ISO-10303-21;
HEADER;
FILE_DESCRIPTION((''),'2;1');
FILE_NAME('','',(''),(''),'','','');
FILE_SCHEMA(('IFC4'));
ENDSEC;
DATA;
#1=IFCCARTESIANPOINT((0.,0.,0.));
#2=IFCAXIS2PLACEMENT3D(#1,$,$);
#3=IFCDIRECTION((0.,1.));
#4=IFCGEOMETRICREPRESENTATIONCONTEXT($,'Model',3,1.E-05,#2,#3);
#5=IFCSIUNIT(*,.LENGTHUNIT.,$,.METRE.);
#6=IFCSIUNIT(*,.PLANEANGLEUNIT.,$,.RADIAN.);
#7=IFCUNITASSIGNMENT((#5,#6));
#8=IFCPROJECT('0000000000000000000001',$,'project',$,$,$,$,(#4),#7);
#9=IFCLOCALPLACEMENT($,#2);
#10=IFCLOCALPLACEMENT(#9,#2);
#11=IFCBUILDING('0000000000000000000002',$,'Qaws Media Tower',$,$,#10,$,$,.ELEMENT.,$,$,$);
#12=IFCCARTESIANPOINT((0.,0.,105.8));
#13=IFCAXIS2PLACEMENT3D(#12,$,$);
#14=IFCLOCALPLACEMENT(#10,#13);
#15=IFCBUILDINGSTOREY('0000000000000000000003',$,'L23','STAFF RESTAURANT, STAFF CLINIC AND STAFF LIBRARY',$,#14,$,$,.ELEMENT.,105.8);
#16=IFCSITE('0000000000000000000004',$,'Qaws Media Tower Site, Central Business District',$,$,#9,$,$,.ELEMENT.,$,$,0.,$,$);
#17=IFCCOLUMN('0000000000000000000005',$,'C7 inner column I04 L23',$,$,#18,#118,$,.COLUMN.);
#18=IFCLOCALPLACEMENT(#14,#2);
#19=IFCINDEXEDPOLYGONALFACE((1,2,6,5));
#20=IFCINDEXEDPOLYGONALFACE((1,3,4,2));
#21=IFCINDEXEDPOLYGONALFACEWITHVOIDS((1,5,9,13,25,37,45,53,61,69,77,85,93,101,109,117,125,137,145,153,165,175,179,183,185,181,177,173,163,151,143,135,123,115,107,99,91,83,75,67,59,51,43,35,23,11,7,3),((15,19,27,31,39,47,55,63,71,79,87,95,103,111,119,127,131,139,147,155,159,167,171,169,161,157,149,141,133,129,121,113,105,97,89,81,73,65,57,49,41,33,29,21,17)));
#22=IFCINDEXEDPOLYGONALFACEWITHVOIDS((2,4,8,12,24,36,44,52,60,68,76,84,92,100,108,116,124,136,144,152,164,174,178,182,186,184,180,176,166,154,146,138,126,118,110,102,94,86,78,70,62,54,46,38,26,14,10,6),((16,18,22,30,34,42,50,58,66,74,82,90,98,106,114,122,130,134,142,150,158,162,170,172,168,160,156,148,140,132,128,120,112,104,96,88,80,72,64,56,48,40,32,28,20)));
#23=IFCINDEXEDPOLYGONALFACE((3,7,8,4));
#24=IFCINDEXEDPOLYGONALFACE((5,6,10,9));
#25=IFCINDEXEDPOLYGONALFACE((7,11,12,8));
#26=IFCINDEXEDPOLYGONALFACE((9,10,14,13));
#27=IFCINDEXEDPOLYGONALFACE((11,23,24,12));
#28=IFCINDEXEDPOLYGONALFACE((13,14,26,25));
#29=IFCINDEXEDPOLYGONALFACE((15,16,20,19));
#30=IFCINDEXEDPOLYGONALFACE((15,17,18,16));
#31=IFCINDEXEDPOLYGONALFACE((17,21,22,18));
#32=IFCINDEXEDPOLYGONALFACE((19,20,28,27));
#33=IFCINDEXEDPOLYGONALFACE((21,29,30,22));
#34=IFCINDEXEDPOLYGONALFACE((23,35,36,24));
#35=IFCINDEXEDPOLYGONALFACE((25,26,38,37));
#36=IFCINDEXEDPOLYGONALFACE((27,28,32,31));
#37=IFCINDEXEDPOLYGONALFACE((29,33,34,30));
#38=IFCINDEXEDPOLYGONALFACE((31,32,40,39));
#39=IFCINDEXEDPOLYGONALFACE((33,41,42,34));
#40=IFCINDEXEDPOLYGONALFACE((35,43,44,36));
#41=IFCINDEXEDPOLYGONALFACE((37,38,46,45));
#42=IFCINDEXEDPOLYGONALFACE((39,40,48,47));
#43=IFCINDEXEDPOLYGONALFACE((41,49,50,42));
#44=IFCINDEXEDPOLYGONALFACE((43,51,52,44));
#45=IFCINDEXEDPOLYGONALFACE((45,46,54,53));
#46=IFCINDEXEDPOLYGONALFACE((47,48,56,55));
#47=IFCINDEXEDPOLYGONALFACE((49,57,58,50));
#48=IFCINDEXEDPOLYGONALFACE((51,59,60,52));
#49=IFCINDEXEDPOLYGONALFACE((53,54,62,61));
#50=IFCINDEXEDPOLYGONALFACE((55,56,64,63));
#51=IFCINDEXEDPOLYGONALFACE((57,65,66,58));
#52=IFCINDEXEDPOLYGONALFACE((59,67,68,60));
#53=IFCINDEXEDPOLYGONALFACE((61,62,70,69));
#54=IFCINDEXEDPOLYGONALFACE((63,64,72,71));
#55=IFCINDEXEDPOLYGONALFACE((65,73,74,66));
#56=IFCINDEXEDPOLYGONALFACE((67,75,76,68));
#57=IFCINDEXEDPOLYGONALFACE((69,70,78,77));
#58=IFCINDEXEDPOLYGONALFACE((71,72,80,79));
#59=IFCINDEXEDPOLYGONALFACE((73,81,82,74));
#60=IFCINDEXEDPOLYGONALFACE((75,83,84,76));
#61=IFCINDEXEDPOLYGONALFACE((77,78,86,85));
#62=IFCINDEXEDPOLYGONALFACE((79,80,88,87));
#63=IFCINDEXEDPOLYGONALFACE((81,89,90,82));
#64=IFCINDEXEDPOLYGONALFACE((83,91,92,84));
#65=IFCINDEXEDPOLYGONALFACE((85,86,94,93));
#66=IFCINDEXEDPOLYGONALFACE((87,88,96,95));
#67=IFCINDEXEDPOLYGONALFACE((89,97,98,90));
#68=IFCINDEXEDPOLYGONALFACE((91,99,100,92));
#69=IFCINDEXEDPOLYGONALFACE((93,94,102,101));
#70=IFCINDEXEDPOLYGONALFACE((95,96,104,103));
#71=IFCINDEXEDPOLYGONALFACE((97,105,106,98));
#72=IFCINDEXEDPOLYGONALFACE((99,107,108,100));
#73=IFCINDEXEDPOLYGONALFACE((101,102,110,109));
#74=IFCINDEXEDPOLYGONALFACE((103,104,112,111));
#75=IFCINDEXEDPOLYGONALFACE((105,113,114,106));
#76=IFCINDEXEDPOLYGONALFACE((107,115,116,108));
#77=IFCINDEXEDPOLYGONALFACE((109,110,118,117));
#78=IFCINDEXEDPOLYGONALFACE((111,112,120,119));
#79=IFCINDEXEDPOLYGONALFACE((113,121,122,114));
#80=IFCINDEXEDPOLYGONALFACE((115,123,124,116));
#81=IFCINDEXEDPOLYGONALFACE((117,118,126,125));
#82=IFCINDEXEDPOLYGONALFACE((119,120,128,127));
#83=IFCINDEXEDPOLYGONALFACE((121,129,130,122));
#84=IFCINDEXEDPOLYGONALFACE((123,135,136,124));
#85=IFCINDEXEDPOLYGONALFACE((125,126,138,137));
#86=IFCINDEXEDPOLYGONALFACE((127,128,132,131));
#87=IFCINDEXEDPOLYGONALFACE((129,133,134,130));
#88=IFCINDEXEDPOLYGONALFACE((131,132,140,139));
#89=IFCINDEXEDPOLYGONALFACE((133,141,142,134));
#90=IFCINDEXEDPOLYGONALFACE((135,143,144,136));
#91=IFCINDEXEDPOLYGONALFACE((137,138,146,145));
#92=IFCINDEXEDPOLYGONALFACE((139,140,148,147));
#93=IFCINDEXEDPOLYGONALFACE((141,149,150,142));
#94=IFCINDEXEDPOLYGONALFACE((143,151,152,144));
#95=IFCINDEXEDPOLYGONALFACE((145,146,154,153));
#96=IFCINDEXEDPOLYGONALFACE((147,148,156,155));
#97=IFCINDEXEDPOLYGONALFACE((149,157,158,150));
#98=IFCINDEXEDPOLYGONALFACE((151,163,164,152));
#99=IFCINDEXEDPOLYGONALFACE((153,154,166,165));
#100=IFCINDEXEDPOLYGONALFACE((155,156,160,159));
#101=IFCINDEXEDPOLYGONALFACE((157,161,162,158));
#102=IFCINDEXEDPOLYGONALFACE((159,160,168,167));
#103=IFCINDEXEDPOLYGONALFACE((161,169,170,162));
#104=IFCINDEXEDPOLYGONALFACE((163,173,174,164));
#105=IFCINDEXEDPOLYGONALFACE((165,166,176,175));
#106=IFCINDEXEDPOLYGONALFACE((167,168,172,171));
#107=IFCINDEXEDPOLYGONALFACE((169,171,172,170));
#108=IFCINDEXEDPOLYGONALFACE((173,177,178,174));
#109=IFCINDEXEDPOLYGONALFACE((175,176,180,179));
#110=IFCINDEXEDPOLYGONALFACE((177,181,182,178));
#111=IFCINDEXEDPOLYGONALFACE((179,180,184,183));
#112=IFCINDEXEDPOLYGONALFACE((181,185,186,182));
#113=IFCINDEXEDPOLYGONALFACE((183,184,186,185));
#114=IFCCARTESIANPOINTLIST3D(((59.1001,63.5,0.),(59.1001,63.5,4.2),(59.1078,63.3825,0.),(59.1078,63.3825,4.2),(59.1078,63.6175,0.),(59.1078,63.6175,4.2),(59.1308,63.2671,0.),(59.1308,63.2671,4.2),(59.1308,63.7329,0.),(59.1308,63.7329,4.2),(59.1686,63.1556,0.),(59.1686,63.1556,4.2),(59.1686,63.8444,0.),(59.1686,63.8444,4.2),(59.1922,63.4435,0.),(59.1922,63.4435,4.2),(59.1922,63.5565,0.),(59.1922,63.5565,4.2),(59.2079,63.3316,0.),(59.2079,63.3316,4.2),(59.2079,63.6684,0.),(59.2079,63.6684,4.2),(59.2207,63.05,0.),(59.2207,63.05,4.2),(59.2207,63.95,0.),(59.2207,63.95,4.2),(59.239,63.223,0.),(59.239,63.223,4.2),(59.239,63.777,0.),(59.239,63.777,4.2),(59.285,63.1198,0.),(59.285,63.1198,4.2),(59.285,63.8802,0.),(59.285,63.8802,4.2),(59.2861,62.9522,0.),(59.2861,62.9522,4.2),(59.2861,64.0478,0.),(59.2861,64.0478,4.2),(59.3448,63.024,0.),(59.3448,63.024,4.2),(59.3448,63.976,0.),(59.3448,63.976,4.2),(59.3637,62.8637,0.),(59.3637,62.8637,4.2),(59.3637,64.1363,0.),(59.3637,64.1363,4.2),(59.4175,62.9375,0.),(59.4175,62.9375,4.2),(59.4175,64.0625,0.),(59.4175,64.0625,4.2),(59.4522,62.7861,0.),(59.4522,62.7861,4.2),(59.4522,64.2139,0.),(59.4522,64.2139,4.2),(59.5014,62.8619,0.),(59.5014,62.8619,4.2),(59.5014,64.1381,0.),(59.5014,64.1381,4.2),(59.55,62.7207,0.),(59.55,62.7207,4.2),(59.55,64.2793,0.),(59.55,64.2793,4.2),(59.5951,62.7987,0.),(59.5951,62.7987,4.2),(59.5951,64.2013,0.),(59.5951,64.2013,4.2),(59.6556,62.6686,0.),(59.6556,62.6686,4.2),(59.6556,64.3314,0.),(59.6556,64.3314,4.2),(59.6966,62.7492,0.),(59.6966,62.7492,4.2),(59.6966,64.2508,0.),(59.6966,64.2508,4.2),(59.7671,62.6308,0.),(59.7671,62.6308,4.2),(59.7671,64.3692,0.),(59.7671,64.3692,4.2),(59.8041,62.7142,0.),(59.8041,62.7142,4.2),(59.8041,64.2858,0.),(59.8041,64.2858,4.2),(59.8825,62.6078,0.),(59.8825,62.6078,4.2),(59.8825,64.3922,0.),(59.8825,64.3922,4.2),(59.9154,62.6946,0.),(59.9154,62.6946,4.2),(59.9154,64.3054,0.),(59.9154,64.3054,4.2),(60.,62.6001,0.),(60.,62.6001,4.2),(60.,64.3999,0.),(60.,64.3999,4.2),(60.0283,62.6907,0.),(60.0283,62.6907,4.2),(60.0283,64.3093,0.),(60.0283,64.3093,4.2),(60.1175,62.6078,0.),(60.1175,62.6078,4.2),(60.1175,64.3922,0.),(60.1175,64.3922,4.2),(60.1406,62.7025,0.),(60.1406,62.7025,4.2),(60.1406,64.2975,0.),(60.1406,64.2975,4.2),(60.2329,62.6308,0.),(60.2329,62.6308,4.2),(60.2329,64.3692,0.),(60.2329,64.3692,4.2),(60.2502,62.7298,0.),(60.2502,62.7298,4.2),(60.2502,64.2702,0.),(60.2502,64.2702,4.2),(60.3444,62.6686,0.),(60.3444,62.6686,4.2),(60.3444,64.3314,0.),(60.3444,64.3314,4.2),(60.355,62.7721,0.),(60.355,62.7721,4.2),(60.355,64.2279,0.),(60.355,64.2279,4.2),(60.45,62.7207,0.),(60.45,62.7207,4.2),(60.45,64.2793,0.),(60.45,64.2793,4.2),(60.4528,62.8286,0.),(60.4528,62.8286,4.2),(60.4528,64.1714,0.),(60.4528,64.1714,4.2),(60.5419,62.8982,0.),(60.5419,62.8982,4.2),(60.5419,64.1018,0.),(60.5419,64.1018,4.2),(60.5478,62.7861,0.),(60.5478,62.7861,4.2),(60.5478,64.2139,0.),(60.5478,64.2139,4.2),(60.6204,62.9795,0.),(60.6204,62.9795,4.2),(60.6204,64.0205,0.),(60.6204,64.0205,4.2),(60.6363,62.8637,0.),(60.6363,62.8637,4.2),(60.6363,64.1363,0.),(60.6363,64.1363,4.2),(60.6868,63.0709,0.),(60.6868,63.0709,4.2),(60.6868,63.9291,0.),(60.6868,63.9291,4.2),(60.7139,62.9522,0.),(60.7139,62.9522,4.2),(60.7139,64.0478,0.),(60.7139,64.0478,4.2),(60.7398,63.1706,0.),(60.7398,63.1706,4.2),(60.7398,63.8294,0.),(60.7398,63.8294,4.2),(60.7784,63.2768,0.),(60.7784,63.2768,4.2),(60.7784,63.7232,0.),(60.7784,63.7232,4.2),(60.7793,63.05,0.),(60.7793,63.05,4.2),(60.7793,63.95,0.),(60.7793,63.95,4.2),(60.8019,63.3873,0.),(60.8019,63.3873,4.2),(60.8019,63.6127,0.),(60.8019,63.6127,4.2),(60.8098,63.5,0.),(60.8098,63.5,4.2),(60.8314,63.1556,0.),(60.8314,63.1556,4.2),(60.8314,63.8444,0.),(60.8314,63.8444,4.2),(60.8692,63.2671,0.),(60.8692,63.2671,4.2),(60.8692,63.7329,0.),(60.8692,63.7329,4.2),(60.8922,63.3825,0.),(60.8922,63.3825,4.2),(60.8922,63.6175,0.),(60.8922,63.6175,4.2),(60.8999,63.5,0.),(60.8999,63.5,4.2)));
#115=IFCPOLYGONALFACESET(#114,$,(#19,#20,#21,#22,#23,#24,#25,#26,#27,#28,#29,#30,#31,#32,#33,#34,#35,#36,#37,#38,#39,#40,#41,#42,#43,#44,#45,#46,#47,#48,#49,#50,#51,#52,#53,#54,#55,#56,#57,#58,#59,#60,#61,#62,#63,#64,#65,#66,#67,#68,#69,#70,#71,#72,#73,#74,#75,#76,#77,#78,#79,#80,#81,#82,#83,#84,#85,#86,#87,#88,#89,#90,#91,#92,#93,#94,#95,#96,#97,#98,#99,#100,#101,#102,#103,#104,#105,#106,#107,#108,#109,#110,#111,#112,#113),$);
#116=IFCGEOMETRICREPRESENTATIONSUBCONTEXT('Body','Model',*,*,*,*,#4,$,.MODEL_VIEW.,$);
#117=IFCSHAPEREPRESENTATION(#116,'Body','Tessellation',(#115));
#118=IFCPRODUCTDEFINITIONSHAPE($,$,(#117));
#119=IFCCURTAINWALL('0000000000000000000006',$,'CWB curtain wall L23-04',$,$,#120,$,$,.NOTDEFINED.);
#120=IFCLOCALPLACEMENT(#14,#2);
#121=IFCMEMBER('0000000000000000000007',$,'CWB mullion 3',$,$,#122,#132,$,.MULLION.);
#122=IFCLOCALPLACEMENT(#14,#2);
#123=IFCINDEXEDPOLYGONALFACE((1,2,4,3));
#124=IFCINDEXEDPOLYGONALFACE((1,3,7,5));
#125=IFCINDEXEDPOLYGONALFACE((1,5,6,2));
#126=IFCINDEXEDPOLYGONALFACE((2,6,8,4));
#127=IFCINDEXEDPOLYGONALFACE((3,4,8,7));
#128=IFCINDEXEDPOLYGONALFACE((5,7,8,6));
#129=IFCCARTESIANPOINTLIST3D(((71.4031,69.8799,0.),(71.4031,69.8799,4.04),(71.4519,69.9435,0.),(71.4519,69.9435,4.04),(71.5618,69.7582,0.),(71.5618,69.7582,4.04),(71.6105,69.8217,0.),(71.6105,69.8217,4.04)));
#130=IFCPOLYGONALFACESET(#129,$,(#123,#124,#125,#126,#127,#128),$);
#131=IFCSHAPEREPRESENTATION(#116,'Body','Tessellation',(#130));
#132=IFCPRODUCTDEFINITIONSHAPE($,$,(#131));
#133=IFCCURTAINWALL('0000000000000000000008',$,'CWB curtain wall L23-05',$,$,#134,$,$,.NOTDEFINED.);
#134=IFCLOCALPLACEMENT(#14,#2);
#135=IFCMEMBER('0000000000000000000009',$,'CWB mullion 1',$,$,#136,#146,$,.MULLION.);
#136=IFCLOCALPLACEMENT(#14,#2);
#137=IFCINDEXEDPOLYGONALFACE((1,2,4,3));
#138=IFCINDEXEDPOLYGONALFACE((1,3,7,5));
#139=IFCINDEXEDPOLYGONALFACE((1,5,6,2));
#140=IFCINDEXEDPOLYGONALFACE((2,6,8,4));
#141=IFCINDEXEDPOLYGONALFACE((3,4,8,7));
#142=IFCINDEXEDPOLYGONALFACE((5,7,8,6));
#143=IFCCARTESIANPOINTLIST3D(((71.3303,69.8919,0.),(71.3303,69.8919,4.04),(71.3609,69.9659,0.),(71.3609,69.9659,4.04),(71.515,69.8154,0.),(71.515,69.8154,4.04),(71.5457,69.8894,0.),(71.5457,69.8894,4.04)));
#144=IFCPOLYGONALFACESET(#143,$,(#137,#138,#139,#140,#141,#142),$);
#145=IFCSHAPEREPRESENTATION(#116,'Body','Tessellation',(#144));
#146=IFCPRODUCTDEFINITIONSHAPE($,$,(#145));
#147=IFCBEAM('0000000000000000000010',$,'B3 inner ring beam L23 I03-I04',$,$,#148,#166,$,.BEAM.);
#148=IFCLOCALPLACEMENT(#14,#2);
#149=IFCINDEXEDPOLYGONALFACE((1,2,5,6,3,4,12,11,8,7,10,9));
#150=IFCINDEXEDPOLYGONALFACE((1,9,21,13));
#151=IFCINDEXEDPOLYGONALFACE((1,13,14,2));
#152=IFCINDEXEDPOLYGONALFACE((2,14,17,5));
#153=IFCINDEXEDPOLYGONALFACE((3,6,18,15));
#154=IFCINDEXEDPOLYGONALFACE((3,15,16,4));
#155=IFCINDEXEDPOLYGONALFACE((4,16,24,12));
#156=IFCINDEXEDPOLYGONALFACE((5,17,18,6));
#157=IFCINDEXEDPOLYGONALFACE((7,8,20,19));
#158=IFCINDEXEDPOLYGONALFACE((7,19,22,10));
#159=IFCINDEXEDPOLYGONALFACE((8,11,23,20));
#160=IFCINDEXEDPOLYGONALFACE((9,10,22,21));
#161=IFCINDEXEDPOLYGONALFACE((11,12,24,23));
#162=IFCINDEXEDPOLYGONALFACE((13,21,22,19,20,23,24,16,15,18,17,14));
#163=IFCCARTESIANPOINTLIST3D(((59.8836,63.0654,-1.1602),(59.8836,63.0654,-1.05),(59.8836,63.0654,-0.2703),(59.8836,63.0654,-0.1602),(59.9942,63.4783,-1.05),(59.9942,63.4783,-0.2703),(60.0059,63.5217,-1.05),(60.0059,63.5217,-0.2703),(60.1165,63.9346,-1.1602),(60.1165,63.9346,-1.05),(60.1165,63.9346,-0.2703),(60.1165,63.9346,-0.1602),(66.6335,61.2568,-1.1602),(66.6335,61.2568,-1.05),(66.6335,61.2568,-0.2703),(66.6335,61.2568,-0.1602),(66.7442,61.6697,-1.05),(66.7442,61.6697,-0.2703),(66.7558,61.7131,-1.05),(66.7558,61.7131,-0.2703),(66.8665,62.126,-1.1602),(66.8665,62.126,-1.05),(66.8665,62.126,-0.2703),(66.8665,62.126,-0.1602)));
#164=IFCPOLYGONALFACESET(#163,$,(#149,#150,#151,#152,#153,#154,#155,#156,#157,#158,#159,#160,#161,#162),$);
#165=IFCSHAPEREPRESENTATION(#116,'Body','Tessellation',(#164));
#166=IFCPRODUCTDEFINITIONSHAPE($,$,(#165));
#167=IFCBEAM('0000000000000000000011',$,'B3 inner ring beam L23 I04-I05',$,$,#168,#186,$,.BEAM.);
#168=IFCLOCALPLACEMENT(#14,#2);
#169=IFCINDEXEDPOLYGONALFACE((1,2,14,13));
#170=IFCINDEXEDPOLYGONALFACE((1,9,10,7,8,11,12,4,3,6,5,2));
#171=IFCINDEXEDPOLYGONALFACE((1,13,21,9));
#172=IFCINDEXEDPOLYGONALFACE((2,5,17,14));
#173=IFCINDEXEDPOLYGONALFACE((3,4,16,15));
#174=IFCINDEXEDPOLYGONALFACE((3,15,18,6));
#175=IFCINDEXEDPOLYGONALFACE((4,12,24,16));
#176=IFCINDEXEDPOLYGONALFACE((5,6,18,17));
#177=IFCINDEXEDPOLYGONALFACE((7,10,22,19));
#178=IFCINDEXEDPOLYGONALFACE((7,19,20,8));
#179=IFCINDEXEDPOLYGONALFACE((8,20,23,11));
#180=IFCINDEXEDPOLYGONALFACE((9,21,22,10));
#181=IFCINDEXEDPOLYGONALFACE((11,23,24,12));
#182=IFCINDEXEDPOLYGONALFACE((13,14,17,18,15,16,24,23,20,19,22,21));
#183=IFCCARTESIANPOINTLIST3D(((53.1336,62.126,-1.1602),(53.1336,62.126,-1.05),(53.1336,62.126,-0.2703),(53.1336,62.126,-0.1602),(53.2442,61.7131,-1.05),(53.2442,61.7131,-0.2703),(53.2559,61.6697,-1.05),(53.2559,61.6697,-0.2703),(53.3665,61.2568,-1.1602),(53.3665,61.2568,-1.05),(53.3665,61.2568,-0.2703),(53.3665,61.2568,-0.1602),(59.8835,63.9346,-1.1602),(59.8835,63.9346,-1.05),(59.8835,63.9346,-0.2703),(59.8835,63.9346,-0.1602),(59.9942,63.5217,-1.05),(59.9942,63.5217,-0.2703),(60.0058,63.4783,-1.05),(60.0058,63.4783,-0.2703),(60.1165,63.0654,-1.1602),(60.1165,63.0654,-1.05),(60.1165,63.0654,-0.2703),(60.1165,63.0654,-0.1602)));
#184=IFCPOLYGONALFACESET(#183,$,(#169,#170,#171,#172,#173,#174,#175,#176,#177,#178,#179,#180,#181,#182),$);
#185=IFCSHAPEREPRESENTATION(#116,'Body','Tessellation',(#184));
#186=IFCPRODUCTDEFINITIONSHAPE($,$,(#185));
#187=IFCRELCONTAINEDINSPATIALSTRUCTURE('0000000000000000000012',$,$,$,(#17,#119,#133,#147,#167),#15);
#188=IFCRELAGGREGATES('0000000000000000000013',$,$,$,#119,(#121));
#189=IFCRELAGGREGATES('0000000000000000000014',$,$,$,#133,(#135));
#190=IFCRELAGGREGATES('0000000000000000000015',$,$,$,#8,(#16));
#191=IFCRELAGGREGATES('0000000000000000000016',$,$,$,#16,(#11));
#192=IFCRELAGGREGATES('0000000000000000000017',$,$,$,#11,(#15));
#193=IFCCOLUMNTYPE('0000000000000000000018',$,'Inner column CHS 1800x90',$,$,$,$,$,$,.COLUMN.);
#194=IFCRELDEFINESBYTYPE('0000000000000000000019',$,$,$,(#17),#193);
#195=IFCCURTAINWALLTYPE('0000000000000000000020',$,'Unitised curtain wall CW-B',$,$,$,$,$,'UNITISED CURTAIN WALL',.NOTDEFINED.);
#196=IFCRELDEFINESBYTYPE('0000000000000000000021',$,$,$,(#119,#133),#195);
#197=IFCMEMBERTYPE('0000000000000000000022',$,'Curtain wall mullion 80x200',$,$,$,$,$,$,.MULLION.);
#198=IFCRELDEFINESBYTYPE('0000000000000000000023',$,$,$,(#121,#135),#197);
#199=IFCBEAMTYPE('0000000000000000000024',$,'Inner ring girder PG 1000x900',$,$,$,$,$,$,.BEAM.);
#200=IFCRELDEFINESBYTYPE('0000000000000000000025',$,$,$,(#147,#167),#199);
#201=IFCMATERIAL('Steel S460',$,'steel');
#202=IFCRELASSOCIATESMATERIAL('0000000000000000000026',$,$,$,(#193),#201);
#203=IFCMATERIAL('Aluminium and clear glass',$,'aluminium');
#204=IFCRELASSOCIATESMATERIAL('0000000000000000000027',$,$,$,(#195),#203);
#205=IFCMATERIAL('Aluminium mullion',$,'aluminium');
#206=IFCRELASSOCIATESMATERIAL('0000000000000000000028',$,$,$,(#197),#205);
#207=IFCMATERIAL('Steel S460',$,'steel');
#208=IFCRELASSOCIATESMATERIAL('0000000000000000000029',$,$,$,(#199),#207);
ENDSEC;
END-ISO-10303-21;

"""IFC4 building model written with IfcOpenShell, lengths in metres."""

from ifc_helpers import new_model, si_unit, direction, frame, origin, origin_2d, place, context, subcontext, project, spatial, rectangle, hollow_circle, i_section, extrude, material, material_profile, profile_set, type_object, element, aggregate, save


model = new_model("IFC4")

# Units and contexts
model_context = context("Model", 3, precision=1e-05, world=origin(), true_north=direction((0.0, 1.0)))
body_context = subcontext(model_context, "Body", "Model", "MODEL_VIEW")
ifc_project = project(units=[si_unit("LENGTHUNIT", "METRE"), si_unit("PLANEANGLEUNIT", "RADIAN")], contexts=[model_context])

# Site, building, storey
site_placement = place(None, origin())
site = spatial("IfcSite", under=ifc_project, at=site_placement, Name="Qaws Media Tower Site, Central Business District", CompositionType="ELEMENT", RefElevation=0.0)
building_placement = place(site_placement, origin())
building = spatial("IfcBuilding", under=site, at=building_placement, Name="Qaws Media Tower", CompositionType="ELEMENT")
storey_placement = place(building_placement, frame((0.0, 0.0, 105.8)))
storey = spatial("IfcBuildingStorey", under=building, at=storey_placement, Name="L23", Description="STAFF RESTAURANT, STAFF CLINIC AND STAFF LIBRARY", CompositionType="ELEMENT", Elevation=105.8)

# Column
ifc_material_1 = material(Name="Steel S460", Category="steel")
ifc_material_profile_1 = material_profile(ifc_material_1, hollow_circle(Radius=0.8999, WallThickness=0.0901, at=origin_2d()), Name="CHS 1800x90")
ifc_profile_set_1 = profile_set([ifc_material_profile_1], Name="Steel S460")
column_type = type_object("IfcColumnType", Name="Inner column CHS 1800x90", PredefinedType="COLUMN", material=ifc_profile_set_1)
for number, where, z_axis, x_axis, name in (
    (1, (60.0, 63.5, 0.0), (0.0, 0.0, 1.0), (1.0, 0.0, 0.0), "C7 inner column I04 L23"),
):
    element("IfcColumn", number, at=place(storey_placement, frame(where, z_axis=z_axis, x_axis=x_axis)), inside=storey, type_object=column_type, Name=name, PredefinedType="COLUMN", context=body_context, shape_type="SweptSolid", body=[
        extrude(hollow_circle(Radius=0.8999, WallThickness=0.0901, at=origin_2d()), origin(), (0.0, 0.0, 1.0), 4.2),
    ])

# Curtain walls, members
ifc_material_2 = material(Name="Aluminium and clear glass", Category="aluminium")
curtain_wall_type = type_object("IfcCurtainWallType", Name="Unitised curtain wall CW-B", ElementType="UNITISED CURTAIN WALL", PredefinedType="NOTDEFINED", material=ifc_material_2)
curtain_wall_1_placement = place(storey_placement, origin())
curtain_wall_1 = element("IfcCurtainWall", 2, at=curtain_wall_1_placement, inside=storey, type_object=curtain_wall_type, Name="CWB curtain wall L23-04", PredefinedType="NOTDEFINED")
ifc_material_3 = material(Name="Aluminium mullion", Category="aluminium")
ifc_material_profile_2 = material_profile(ifc_material_3, rectangle(XDim=0.0801, YDim=0.2, at=origin_2d()), Name="80x200")
ifc_profile_set_2 = profile_set([ifc_material_profile_2], Name="Aluminium mullion")
member_type = type_object("IfcMemberType", Name="Curtain wall mullion 80x200", PredefinedType="MULLION", material=ifc_profile_set_2)
member_1_placement = place(storey_placement, frame((71.5068, 69.8508, 0.0), z_axis=(0.0, 0.0, 1.0), x_axis=(-0.608761, -0.793353, 0.0)))
member_1 = element("IfcMember", 3, at=member_1_placement, type_object=member_type, Name="CWB mullion 3", PredefinedType="MULLION", context=body_context, shape_type="SweptSolid", body=[
    extrude(rectangle(XDim=0.0801, YDim=0.2, at=origin_2d()), origin(), (0.0, 0.0, 1.0), 4.04),
])
aggregate(curtain_wall_1, [member_1])
curtain_wall_2_placement = place(storey_placement, origin())
curtain_wall_2 = element("IfcCurtainWall", 4, at=curtain_wall_2_placement, inside=storey, type_object=curtain_wall_type, Name="CWB curtain wall L23-05", PredefinedType="NOTDEFINED")
member_2_placement = place(storey_placement, frame((71.438, 69.8906, 0.0), z_axis=(0.0, 0.0, 1.0), x_axis=(-0.382683, -0.92388, 0.0)))
member_2 = element("IfcMember", 5, at=member_2_placement, type_object=member_type, Name="CWB mullion 1", PredefinedType="MULLION", context=body_context, shape_type="SweptSolid", body=[
    extrude(rectangle(XDim=0.0801, YDim=0.2, at=origin_2d()), origin(), (0.0, 0.0, 1.0), 4.04),
])
aggregate(curtain_wall_2, [member_2])

# Beams
ifc_material_4 = material(Name="Steel S460", Category="steel")
ifc_material_profile_3 = material_profile(ifc_material_4, i_section(OverallWidth=0.8999, OverallDepth=1.0, WebThickness=0.0449, FlangeThickness=0.1101, at=origin_2d()), Name="PG 1000x900")
ifc_profile_set_3 = profile_set([ifc_material_profile_3], Name="Steel S460")
beam_type_1 = type_object("IfcBeamType", Name="Inner ring girder PG 1000x900", PredefinedType="BEAM", material=ifc_profile_set_3)
for number, where, z_axis, x_axis, name in (
    (6, (66.75, 61.6914, -0.6602), (-0.965928, 0.258811, 0.0), (-0.258811, -0.965928, 0.0), "B3 inner ring beam L23 I03-I04"),
    (7, (60.0, 63.5, -0.6602), (-0.965928, -0.258811, 0.0), (0.258811, -0.965928, 0.0), "B3 inner ring beam L23 I04-I05"),
):
    element("IfcBeam", number, at=place(storey_placement, frame(where, z_axis=z_axis, x_axis=x_axis)), inside=storey, type_object=beam_type_1, Name=name, PredefinedType="BEAM", context=body_context, shape_type="SweptSolid", body=[
        extrude(i_section(OverallWidth=0.8999, OverallDepth=1.0, WebThickness=0.0449, FlangeThickness=0.1101, at=origin_2d()), origin(), (0.0, 0.0, 1.0), 6.988),
    ])

save(model, "model.ifc")
